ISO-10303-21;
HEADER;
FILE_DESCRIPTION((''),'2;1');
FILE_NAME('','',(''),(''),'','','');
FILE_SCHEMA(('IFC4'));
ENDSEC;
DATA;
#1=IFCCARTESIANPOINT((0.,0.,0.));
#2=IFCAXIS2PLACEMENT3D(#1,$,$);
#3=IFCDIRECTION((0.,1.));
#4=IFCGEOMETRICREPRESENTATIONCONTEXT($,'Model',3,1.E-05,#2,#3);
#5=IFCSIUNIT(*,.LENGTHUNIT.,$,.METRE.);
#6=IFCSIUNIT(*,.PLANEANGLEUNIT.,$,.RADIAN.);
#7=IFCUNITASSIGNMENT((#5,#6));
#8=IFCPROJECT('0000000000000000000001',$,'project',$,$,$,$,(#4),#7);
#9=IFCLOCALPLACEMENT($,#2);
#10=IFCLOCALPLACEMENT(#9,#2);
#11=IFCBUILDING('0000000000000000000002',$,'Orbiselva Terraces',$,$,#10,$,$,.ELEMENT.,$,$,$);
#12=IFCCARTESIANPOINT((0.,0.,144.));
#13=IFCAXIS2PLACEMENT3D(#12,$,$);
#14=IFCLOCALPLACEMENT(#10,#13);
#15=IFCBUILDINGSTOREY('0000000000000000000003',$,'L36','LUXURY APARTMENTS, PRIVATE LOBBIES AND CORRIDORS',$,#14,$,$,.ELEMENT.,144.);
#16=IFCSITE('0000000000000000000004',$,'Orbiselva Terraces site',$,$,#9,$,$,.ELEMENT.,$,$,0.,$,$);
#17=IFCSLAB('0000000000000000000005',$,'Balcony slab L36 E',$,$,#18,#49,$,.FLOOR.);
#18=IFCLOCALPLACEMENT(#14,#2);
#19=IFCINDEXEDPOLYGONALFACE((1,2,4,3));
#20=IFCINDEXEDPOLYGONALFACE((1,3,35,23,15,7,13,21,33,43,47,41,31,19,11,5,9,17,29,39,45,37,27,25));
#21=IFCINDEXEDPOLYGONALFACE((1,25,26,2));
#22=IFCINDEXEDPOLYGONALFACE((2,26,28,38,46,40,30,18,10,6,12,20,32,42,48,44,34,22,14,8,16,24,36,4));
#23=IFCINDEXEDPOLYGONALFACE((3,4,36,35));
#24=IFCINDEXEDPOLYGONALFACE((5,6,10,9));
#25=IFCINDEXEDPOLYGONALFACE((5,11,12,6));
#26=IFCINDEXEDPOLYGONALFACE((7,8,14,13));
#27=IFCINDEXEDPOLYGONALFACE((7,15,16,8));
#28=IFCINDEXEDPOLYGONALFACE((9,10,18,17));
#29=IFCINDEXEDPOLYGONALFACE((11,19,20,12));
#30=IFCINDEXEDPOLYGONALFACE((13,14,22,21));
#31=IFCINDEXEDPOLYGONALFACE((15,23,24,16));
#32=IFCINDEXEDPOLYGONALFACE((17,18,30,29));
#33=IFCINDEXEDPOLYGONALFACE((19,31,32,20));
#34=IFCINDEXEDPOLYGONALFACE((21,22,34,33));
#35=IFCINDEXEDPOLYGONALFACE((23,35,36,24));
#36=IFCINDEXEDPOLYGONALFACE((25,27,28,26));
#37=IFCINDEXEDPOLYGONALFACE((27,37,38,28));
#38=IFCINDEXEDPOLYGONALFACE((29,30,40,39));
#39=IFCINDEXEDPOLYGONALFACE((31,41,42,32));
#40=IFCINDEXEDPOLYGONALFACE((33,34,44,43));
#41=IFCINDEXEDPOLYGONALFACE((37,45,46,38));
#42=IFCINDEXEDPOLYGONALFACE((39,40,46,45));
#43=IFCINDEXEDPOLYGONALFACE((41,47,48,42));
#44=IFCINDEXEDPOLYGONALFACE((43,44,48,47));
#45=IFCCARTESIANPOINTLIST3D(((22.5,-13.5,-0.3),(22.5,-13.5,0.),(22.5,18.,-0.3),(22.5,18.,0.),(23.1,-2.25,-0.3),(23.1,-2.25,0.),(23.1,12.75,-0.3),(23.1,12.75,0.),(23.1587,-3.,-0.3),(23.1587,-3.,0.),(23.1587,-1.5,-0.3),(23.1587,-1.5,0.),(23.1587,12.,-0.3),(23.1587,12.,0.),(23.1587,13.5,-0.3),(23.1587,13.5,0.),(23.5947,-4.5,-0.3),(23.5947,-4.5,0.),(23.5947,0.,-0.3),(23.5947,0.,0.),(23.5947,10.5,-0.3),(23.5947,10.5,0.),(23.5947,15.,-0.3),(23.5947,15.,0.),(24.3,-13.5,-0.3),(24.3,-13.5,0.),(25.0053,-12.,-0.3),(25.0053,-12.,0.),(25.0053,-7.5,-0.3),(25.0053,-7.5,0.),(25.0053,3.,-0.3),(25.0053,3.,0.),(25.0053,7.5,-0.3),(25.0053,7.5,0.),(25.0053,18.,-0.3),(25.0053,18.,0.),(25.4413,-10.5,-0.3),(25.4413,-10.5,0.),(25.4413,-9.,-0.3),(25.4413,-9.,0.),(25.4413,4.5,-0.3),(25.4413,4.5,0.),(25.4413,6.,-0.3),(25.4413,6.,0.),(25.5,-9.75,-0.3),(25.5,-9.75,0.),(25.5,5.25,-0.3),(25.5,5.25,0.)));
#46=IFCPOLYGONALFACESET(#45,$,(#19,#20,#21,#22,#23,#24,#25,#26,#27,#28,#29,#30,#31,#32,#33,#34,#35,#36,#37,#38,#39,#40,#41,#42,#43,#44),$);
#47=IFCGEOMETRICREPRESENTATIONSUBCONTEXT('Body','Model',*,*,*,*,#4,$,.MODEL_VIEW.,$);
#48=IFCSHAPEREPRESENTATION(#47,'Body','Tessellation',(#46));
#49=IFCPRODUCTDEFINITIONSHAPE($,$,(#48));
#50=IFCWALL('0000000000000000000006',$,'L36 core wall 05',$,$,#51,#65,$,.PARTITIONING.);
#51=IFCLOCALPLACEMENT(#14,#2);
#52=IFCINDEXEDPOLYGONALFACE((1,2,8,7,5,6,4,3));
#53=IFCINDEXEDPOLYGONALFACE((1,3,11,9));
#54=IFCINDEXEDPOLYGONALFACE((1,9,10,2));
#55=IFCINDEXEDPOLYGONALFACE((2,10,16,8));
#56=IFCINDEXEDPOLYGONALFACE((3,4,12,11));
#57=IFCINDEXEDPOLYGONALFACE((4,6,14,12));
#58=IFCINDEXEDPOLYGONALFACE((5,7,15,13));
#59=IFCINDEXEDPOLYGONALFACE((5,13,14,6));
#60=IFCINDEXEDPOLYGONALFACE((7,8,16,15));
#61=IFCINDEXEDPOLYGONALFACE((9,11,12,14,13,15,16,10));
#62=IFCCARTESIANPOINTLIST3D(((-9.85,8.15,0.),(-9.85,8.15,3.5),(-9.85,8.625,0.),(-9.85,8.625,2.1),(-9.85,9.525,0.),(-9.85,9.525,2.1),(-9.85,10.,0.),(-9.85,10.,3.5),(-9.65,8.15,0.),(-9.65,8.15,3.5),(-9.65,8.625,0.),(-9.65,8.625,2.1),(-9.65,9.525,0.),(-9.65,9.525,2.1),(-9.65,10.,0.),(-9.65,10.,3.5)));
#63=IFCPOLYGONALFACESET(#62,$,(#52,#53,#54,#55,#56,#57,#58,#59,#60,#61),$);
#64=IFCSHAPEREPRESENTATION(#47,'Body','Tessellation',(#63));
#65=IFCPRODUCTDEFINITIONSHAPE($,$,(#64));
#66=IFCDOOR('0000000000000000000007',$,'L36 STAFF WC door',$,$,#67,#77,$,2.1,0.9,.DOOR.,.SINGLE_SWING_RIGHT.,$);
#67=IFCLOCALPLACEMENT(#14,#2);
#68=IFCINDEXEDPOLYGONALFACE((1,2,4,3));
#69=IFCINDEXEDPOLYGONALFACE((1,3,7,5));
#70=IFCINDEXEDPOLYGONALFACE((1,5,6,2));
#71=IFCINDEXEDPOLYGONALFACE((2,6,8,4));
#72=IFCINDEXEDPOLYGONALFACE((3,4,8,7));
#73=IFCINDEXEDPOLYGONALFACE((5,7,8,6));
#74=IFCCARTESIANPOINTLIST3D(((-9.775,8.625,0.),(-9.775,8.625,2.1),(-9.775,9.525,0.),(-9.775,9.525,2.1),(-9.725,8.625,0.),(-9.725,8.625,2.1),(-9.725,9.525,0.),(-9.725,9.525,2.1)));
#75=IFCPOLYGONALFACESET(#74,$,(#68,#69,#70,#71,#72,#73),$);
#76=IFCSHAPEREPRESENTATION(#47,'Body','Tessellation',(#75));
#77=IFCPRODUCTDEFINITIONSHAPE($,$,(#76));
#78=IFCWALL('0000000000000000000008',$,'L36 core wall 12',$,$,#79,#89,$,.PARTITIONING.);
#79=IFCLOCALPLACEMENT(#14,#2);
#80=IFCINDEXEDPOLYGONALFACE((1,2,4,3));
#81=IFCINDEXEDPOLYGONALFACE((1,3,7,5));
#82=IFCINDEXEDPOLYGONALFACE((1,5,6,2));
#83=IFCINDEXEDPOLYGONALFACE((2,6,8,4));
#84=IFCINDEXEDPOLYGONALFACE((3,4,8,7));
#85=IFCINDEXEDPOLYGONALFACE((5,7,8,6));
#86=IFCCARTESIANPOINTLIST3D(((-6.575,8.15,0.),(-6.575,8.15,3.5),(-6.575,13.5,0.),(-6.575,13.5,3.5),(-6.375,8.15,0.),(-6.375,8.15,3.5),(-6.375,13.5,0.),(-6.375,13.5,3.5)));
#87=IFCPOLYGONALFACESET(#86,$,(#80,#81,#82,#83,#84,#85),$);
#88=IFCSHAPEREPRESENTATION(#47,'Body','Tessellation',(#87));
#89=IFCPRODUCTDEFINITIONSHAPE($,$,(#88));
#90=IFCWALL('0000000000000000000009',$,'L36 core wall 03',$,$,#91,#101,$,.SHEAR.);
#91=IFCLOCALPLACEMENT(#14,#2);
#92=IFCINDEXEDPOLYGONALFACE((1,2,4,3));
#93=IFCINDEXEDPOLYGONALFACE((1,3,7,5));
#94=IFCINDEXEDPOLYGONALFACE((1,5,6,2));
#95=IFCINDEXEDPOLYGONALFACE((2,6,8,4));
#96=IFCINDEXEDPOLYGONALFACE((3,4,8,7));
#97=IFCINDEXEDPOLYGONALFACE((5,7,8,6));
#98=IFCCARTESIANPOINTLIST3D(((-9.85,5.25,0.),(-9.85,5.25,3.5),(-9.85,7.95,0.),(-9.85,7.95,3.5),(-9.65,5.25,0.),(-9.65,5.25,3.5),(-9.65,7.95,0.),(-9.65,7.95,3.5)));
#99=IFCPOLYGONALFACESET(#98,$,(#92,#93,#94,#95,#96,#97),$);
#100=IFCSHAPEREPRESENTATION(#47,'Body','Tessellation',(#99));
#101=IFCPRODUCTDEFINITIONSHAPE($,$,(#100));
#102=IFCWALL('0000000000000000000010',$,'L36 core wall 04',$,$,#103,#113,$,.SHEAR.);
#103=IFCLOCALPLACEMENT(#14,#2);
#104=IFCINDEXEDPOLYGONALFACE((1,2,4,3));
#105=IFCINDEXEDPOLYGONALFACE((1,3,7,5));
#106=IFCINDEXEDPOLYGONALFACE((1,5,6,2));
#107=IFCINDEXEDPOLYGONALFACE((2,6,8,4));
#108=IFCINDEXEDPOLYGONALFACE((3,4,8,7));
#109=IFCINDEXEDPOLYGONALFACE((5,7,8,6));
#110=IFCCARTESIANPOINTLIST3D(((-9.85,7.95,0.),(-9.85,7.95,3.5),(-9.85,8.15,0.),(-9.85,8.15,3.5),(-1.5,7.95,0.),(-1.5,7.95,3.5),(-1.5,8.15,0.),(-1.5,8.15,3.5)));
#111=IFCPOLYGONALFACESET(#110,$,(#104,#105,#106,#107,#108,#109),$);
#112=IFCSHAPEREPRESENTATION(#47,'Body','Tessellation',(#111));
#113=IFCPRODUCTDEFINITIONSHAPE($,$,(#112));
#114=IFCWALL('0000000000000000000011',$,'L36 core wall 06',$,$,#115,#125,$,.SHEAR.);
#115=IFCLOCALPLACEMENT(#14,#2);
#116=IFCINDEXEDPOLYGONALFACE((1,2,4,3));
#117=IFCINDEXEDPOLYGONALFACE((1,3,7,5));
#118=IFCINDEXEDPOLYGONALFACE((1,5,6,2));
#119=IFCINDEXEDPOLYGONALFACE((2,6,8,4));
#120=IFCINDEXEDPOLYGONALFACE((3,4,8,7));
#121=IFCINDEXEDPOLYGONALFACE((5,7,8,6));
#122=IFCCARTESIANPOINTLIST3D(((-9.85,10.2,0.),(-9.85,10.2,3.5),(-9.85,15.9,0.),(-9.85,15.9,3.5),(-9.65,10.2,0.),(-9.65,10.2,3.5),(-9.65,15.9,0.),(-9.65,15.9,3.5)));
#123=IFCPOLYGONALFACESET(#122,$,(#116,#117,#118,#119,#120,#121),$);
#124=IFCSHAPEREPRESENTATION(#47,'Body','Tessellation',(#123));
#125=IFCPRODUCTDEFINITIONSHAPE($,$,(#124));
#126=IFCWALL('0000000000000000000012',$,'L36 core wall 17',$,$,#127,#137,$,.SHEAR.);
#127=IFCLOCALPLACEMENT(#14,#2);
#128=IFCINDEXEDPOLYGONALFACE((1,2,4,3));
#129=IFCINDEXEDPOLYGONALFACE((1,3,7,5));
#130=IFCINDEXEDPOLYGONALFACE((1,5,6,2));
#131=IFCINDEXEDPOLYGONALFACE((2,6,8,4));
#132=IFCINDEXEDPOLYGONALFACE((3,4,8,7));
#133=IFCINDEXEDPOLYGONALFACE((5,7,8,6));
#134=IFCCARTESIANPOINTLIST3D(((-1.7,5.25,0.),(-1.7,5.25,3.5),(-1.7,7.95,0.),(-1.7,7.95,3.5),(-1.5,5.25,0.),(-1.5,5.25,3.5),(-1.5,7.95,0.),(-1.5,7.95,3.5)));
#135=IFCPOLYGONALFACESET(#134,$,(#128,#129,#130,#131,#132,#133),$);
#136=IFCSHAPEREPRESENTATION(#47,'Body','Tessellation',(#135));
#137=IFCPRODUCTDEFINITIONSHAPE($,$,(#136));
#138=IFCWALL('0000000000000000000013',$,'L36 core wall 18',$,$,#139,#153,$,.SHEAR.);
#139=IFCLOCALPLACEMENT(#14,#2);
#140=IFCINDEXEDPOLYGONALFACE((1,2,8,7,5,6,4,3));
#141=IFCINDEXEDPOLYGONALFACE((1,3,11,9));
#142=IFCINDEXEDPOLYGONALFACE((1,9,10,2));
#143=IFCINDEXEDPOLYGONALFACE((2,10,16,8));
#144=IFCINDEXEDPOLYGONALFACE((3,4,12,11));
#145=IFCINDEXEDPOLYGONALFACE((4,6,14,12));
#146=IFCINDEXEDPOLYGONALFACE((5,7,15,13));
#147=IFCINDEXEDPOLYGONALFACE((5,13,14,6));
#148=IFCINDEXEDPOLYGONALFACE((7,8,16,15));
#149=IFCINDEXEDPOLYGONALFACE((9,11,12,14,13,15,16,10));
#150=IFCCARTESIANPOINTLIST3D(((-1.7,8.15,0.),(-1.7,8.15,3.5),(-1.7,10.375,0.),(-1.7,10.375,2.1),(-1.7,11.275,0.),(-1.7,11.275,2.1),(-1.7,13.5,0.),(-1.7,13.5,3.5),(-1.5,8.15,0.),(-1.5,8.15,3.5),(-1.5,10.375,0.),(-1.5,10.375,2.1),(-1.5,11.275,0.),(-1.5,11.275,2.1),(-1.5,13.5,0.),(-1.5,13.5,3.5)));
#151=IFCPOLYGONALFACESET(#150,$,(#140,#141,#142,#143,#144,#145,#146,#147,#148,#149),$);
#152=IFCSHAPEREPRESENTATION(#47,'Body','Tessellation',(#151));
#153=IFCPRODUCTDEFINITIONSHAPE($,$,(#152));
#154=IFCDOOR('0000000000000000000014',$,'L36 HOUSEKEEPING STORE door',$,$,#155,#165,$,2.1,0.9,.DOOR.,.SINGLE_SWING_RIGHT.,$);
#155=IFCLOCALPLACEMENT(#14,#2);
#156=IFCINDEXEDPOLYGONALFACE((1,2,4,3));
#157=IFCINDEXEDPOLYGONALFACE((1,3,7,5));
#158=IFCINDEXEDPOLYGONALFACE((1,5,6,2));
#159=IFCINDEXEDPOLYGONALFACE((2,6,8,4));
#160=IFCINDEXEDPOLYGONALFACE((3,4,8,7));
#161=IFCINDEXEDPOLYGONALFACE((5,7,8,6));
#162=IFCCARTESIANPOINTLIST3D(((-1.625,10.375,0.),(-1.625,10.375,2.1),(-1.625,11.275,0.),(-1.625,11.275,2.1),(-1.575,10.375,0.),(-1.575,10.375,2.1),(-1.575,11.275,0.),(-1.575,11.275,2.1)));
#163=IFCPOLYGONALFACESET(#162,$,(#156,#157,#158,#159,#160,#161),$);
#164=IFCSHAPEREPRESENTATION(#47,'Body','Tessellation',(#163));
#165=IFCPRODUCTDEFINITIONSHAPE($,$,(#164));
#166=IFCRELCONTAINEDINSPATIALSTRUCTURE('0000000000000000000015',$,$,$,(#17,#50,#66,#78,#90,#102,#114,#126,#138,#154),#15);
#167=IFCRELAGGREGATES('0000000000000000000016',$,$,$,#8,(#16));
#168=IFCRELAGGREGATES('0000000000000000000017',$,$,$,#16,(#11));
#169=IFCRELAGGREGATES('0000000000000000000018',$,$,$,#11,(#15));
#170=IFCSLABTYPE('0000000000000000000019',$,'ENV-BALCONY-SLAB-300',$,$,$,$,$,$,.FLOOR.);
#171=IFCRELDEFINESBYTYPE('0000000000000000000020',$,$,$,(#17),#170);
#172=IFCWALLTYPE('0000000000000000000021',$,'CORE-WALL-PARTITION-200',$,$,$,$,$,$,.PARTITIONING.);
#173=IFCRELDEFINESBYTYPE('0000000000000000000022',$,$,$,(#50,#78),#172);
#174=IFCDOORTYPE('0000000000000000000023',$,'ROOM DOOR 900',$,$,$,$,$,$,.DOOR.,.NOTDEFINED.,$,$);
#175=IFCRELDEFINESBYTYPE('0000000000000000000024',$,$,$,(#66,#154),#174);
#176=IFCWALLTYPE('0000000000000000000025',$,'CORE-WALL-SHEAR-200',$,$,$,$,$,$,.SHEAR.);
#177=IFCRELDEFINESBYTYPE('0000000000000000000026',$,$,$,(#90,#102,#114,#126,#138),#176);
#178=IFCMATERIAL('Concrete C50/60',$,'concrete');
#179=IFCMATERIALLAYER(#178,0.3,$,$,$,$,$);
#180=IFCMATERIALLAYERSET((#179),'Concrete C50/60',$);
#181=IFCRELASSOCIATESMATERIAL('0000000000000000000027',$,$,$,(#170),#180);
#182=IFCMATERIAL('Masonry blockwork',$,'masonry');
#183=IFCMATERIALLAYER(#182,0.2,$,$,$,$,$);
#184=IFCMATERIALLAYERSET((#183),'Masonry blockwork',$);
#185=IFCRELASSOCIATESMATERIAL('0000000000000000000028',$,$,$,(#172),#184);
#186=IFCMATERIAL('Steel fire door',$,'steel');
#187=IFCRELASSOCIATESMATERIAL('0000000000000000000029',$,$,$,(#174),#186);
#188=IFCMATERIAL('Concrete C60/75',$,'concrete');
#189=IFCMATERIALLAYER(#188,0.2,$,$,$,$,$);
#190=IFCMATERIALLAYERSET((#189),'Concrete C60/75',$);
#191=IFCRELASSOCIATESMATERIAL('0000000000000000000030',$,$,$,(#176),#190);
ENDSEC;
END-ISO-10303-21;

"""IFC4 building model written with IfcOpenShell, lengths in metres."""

from ifc_helpers import new_model, si_unit, direction, frame, frame_2d, origin, place, context, subcontext, project, spatial, polyline, rectangle, outline, extrude, material, layer, layer_set, type_object, element, fill, save


model = new_model("IFC4")

# Units and contexts
model_context = context("Model", 3, precision=1e-05, world=origin(), true_north=direction((0.0, 1.0)))
body_context = subcontext(model_context, "Body", "Model", "MODEL_VIEW")
ifc_project = project(units=[si_unit("LENGTHUNIT", "METRE"), si_unit("PLANEANGLEUNIT", "RADIAN")], contexts=[model_context])

# Site, building, storey
site_placement = place(None, origin())
site = spatial("IfcSite", under=ifc_project, at=site_placement, Name="Orbiselva Terraces site", CompositionType="ELEMENT", RefElevation=0.0)
building_placement = place(site_placement, origin())
building = spatial("IfcBuilding", under=site, at=building_placement, Name="Orbiselva Terraces", CompositionType="ELEMENT")
storey_placement = place(building_placement, frame((0.0, 0.0, 144.0)))
storey = spatial("IfcBuildingStorey", under=building, at=storey_placement, Name="L36", Description="LUXURY APARTMENTS, PRIVATE LOBBIES AND CORRIDORS", CompositionType="ELEMENT", Elevation=144.0)

# Slab
ifc_material_1 = material(Name="Concrete C50/60", Category="concrete")
ifc_layer_1 = layer(ifc_material_1, 0.3)
ifc_layer_set_1 = layer_set([ifc_layer_1], Name="Concrete C50/60")
slab_type = type_object("IfcSlabType", Name="ENV-BALCONY-SLAB-300", PredefinedType="FLOOR", material=ifc_layer_set_1)
slab_placement = place(storey_placement, frame((0.0, 0.0, -0.3)))
element("IfcSlab", 1, at=slab_placement, inside=storey, type_object=slab_type, Name="Balcony slab L36 E", PredefinedType="FLOOR", context=body_context, shape_type="SweptSolid", body=[
    extrude(outline(polyline([(24.3, -13.5), (25.0053, -12.0), (25.4413, -10.5), (25.5, -9.75), (25.4413, -9.0), (25.0053, -7.5), (23.5947, -4.5), (23.1587, -3.0), (23.1, -2.25), (23.1587, -1.5), (23.5947, 0.0), (25.0053, 3.0), (25.4413, 4.5), (25.5, 5.25), (25.4413, 6.0), (25.0053, 7.5), (23.5947, 10.5), (23.1587, 12.0), (23.1, 12.75), (23.1587, 13.5), (23.5947, 15.0), (25.0053, 18.0), (22.5, 18.0), (22.5, -13.5), (24.3, -13.5)])), origin(), (0.0, 0.0, 1.0), 0.3),
])

# Wall, opening, door
ifc_material_2 = material(Name="Masonry blockwork", Category="masonry")
ifc_layer_2 = layer(ifc_material_2, 0.2)
ifc_layer_set_2 = layer_set([ifc_layer_2], Name="Masonry blockwork")
wall_type_1 = type_object("IfcWallType", Name="CORE-WALL-PARTITION-200", PredefinedType="PARTITIONING", material=ifc_layer_set_2)
wall_1_placement = place(storey_placement, frame((-9.75, 8.15, 0.0), z_axis=(0.0, 0.0, 1.0), x_axis=(0.0, 1.0, 0.0)))
wall_1 = element("IfcWall", 2, at=wall_1_placement, inside=storey, type_object=wall_type_1, Name="L36 core wall 05", PredefinedType="PARTITIONING", context=body_context, shape_type="SweptSolid", body=[
    extrude(rectangle(XDim=1.85, YDim=0.2, at=frame_2d((0.925, 0.0))), origin(), (0.0, 0.0, 1.0), 3.5),
])
opening_1_placement = place(wall_1_placement, frame((0.475, 0.0, 0.0)))
opening_1 = element("IfcOpeningElement", 3, at=opening_1_placement, cuts=wall_1, PredefinedType="OPENING", context=body_context, shape_type="SweptSolid", body=[
    extrude(rectangle(XDim=0.9, YDim=2.1, at=frame_2d((0.45, 1.05))), frame((0.0, 0.11, 0.0), z_axis=(0.0, -1.0, 0.0), x_axis=(1.0, 0.0, 0.0)), (0.0, 0.0, 1.0), 0.22),
])
ifc_material_3 = material(Name="Steel fire door", Category="steel")
door_type = type_object("IfcDoorType", Name="ROOM DOOR 900", OperationType="NOTDEFINED", PredefinedType="DOOR", material=ifc_material_3)
door_1_placement = place(opening_1_placement, origin())
door_1 = element("IfcDoor", 4, at=door_1_placement, inside=storey, type_object=door_type, Name="L36 STAFF WC door", OperationType="SINGLE_SWING_RIGHT", OverallHeight=2.1, OverallWidth=0.9, PredefinedType="DOOR", context=body_context, shape_type="SweptSolid", body=[
    extrude(rectangle(XDim=0.9, YDim=2.1, at=frame_2d((0.45, 1.05))), frame((0.0, 0.025, 0.0), z_axis=(0.0, -1.0, 0.0), x_axis=(1.0, 0.0, 0.0)), (0.0, 0.0, 1.0), 0.05),
])
fill(opening_1, door_1)

# Walls
wall_2_placement = place(storey_placement, frame((-6.475, 8.15, 0.0), z_axis=(0.0, 0.0, 1.0), x_axis=(0.0, 1.0, 0.0)))
element("IfcWall", 5, at=wall_2_placement, inside=storey, type_object=wall_type_1, Name="L36 core wall 12", PredefinedType="PARTITIONING", context=body_context, shape_type="SweptSolid", body=[
    extrude(rectangle(XDim=5.35, YDim=0.2, at=frame_2d((2.675, 0.0))), origin(), (0.0, 0.0, 1.0), 3.5),
])
ifc_material_4 = material(Name="Concrete C60/75", Category="concrete")
ifc_layer_3 = layer(ifc_material_4, 0.2)
ifc_layer_set_3 = layer_set([ifc_layer_3], Name="Concrete C60/75")
wall_type_2 = type_object("IfcWallType", Name="CORE-WALL-SHEAR-200", PredefinedType="SHEAR", material=ifc_layer_set_3)
wall_3_placement = place(storey_placement, frame((-9.75, 5.25, 0.0), z_axis=(0.0, 0.0, 1.0), x_axis=(0.0, 1.0, 0.0)))
element("IfcWall", 6, at=wall_3_placement, inside=storey, type_object=wall_type_2, Name="L36 core wall 03", PredefinedType="SHEAR", context=body_context, shape_type="SweptSolid", body=[
    extrude(rectangle(XDim=2.7, YDim=0.2, at=frame_2d((1.35, 0.0))), origin(), (0.0, 0.0, 1.0), 3.5),
])
wall_4_placement = place(storey_placement, frame((-9.85, 8.05, 0.0), z_axis=(0.0, 0.0, 1.0), x_axis=(1.0, 0.0, 0.0)))
element("IfcWall", 7, at=wall_4_placement, inside=storey, type_object=wall_type_2, Name="L36 core wall 04", PredefinedType="SHEAR", context=body_context, shape_type="SweptSolid", body=[
    extrude(rectangle(XDim=8.35, YDim=0.2, at=frame_2d((4.175, 0.0))), origin(), (0.0, 0.0, 1.0), 3.5),
])
wall_5_placement = place(storey_placement, frame((-9.75, 10.2, 0.0), z_axis=(0.0, 0.0, 1.0), x_axis=(0.0, 1.0, 0.0)))
element("IfcWall", 8, at=wall_5_placement, inside=storey, type_object=wall_type_2, Name="L36 core wall 06", PredefinedType="SHEAR", context=body_context, shape_type="SweptSolid", body=[
    extrude(rectangle(XDim=5.7, YDim=0.2, at=frame_2d((2.85, 0.0))), origin(), (0.0, 0.0, 1.0), 3.5),
])
wall_6_placement = place(storey_placement, frame((-1.6, 5.25, 0.0), z_axis=(0.0, 0.0, 1.0), x_axis=(0.0, 1.0, 0.0)))
element("IfcWall", 9, at=wall_6_placement, inside=storey, type_object=wall_type_2, Name="L36 core wall 17", PredefinedType="SHEAR", context=body_context, shape_type="SweptSolid", body=[
    extrude(rectangle(XDim=2.7, YDim=0.2, at=frame_2d((1.35, 0.0))), origin(), (0.0, 0.0, 1.0), 3.5),
])

# Wall, opening, door
wall_7_placement = place(storey_placement, frame((-1.6, 8.15, 0.0), z_axis=(0.0, 0.0, 1.0), x_axis=(0.0, 1.0, 0.0)))
wall_7 = element("IfcWall", 10, at=wall_7_placement, inside=storey, type_object=wall_type_2, Name="L36 core wall 18", PredefinedType="SHEAR", context=body_context, shape_type="SweptSolid", body=[
    extrude(rectangle(XDim=5.35, YDim=0.2, at=frame_2d((2.675, 0.0))), origin(), (0.0, 0.0, 1.0), 3.5),
])
opening_2_placement = place(wall_7_placement, frame((2.225, 0.0, 0.0)))
opening_2 = element("IfcOpeningElement", 11, at=opening_2_placement, cuts=wall_7, PredefinedType="OPENING", context=body_context, shape_type="SweptSolid", body=[
    extrude(rectangle(XDim=0.9, YDim=2.1, at=frame_2d((0.45, 1.05))), frame((0.0, 0.11, 0.0), z_axis=(0.0, -1.0, 0.0), x_axis=(1.0, 0.0, 0.0)), (0.0, 0.0, 1.0), 0.22),
])
door_2_placement = place(opening_2_placement, origin())
door_2 = element("IfcDoor", 12, at=door_2_placement, inside=storey, type_object=door_type, Name="L36 HOUSEKEEPING STORE door", OperationType="SINGLE_SWING_RIGHT", OverallHeight=2.1, OverallWidth=0.9, PredefinedType="DOOR", context=body_context, shape_type="SweptSolid", body=[
    extrude(rectangle(XDim=0.9, YDim=2.1, at=frame_2d((0.45, 1.05))), frame((0.0, 0.025, 0.0), z_axis=(0.0, -1.0, 0.0), x_axis=(1.0, 0.0, 0.0)), (0.0, 0.0, 1.0), 0.05),
])
fill(opening_2, door_2)

save(model, "model.ifc")
